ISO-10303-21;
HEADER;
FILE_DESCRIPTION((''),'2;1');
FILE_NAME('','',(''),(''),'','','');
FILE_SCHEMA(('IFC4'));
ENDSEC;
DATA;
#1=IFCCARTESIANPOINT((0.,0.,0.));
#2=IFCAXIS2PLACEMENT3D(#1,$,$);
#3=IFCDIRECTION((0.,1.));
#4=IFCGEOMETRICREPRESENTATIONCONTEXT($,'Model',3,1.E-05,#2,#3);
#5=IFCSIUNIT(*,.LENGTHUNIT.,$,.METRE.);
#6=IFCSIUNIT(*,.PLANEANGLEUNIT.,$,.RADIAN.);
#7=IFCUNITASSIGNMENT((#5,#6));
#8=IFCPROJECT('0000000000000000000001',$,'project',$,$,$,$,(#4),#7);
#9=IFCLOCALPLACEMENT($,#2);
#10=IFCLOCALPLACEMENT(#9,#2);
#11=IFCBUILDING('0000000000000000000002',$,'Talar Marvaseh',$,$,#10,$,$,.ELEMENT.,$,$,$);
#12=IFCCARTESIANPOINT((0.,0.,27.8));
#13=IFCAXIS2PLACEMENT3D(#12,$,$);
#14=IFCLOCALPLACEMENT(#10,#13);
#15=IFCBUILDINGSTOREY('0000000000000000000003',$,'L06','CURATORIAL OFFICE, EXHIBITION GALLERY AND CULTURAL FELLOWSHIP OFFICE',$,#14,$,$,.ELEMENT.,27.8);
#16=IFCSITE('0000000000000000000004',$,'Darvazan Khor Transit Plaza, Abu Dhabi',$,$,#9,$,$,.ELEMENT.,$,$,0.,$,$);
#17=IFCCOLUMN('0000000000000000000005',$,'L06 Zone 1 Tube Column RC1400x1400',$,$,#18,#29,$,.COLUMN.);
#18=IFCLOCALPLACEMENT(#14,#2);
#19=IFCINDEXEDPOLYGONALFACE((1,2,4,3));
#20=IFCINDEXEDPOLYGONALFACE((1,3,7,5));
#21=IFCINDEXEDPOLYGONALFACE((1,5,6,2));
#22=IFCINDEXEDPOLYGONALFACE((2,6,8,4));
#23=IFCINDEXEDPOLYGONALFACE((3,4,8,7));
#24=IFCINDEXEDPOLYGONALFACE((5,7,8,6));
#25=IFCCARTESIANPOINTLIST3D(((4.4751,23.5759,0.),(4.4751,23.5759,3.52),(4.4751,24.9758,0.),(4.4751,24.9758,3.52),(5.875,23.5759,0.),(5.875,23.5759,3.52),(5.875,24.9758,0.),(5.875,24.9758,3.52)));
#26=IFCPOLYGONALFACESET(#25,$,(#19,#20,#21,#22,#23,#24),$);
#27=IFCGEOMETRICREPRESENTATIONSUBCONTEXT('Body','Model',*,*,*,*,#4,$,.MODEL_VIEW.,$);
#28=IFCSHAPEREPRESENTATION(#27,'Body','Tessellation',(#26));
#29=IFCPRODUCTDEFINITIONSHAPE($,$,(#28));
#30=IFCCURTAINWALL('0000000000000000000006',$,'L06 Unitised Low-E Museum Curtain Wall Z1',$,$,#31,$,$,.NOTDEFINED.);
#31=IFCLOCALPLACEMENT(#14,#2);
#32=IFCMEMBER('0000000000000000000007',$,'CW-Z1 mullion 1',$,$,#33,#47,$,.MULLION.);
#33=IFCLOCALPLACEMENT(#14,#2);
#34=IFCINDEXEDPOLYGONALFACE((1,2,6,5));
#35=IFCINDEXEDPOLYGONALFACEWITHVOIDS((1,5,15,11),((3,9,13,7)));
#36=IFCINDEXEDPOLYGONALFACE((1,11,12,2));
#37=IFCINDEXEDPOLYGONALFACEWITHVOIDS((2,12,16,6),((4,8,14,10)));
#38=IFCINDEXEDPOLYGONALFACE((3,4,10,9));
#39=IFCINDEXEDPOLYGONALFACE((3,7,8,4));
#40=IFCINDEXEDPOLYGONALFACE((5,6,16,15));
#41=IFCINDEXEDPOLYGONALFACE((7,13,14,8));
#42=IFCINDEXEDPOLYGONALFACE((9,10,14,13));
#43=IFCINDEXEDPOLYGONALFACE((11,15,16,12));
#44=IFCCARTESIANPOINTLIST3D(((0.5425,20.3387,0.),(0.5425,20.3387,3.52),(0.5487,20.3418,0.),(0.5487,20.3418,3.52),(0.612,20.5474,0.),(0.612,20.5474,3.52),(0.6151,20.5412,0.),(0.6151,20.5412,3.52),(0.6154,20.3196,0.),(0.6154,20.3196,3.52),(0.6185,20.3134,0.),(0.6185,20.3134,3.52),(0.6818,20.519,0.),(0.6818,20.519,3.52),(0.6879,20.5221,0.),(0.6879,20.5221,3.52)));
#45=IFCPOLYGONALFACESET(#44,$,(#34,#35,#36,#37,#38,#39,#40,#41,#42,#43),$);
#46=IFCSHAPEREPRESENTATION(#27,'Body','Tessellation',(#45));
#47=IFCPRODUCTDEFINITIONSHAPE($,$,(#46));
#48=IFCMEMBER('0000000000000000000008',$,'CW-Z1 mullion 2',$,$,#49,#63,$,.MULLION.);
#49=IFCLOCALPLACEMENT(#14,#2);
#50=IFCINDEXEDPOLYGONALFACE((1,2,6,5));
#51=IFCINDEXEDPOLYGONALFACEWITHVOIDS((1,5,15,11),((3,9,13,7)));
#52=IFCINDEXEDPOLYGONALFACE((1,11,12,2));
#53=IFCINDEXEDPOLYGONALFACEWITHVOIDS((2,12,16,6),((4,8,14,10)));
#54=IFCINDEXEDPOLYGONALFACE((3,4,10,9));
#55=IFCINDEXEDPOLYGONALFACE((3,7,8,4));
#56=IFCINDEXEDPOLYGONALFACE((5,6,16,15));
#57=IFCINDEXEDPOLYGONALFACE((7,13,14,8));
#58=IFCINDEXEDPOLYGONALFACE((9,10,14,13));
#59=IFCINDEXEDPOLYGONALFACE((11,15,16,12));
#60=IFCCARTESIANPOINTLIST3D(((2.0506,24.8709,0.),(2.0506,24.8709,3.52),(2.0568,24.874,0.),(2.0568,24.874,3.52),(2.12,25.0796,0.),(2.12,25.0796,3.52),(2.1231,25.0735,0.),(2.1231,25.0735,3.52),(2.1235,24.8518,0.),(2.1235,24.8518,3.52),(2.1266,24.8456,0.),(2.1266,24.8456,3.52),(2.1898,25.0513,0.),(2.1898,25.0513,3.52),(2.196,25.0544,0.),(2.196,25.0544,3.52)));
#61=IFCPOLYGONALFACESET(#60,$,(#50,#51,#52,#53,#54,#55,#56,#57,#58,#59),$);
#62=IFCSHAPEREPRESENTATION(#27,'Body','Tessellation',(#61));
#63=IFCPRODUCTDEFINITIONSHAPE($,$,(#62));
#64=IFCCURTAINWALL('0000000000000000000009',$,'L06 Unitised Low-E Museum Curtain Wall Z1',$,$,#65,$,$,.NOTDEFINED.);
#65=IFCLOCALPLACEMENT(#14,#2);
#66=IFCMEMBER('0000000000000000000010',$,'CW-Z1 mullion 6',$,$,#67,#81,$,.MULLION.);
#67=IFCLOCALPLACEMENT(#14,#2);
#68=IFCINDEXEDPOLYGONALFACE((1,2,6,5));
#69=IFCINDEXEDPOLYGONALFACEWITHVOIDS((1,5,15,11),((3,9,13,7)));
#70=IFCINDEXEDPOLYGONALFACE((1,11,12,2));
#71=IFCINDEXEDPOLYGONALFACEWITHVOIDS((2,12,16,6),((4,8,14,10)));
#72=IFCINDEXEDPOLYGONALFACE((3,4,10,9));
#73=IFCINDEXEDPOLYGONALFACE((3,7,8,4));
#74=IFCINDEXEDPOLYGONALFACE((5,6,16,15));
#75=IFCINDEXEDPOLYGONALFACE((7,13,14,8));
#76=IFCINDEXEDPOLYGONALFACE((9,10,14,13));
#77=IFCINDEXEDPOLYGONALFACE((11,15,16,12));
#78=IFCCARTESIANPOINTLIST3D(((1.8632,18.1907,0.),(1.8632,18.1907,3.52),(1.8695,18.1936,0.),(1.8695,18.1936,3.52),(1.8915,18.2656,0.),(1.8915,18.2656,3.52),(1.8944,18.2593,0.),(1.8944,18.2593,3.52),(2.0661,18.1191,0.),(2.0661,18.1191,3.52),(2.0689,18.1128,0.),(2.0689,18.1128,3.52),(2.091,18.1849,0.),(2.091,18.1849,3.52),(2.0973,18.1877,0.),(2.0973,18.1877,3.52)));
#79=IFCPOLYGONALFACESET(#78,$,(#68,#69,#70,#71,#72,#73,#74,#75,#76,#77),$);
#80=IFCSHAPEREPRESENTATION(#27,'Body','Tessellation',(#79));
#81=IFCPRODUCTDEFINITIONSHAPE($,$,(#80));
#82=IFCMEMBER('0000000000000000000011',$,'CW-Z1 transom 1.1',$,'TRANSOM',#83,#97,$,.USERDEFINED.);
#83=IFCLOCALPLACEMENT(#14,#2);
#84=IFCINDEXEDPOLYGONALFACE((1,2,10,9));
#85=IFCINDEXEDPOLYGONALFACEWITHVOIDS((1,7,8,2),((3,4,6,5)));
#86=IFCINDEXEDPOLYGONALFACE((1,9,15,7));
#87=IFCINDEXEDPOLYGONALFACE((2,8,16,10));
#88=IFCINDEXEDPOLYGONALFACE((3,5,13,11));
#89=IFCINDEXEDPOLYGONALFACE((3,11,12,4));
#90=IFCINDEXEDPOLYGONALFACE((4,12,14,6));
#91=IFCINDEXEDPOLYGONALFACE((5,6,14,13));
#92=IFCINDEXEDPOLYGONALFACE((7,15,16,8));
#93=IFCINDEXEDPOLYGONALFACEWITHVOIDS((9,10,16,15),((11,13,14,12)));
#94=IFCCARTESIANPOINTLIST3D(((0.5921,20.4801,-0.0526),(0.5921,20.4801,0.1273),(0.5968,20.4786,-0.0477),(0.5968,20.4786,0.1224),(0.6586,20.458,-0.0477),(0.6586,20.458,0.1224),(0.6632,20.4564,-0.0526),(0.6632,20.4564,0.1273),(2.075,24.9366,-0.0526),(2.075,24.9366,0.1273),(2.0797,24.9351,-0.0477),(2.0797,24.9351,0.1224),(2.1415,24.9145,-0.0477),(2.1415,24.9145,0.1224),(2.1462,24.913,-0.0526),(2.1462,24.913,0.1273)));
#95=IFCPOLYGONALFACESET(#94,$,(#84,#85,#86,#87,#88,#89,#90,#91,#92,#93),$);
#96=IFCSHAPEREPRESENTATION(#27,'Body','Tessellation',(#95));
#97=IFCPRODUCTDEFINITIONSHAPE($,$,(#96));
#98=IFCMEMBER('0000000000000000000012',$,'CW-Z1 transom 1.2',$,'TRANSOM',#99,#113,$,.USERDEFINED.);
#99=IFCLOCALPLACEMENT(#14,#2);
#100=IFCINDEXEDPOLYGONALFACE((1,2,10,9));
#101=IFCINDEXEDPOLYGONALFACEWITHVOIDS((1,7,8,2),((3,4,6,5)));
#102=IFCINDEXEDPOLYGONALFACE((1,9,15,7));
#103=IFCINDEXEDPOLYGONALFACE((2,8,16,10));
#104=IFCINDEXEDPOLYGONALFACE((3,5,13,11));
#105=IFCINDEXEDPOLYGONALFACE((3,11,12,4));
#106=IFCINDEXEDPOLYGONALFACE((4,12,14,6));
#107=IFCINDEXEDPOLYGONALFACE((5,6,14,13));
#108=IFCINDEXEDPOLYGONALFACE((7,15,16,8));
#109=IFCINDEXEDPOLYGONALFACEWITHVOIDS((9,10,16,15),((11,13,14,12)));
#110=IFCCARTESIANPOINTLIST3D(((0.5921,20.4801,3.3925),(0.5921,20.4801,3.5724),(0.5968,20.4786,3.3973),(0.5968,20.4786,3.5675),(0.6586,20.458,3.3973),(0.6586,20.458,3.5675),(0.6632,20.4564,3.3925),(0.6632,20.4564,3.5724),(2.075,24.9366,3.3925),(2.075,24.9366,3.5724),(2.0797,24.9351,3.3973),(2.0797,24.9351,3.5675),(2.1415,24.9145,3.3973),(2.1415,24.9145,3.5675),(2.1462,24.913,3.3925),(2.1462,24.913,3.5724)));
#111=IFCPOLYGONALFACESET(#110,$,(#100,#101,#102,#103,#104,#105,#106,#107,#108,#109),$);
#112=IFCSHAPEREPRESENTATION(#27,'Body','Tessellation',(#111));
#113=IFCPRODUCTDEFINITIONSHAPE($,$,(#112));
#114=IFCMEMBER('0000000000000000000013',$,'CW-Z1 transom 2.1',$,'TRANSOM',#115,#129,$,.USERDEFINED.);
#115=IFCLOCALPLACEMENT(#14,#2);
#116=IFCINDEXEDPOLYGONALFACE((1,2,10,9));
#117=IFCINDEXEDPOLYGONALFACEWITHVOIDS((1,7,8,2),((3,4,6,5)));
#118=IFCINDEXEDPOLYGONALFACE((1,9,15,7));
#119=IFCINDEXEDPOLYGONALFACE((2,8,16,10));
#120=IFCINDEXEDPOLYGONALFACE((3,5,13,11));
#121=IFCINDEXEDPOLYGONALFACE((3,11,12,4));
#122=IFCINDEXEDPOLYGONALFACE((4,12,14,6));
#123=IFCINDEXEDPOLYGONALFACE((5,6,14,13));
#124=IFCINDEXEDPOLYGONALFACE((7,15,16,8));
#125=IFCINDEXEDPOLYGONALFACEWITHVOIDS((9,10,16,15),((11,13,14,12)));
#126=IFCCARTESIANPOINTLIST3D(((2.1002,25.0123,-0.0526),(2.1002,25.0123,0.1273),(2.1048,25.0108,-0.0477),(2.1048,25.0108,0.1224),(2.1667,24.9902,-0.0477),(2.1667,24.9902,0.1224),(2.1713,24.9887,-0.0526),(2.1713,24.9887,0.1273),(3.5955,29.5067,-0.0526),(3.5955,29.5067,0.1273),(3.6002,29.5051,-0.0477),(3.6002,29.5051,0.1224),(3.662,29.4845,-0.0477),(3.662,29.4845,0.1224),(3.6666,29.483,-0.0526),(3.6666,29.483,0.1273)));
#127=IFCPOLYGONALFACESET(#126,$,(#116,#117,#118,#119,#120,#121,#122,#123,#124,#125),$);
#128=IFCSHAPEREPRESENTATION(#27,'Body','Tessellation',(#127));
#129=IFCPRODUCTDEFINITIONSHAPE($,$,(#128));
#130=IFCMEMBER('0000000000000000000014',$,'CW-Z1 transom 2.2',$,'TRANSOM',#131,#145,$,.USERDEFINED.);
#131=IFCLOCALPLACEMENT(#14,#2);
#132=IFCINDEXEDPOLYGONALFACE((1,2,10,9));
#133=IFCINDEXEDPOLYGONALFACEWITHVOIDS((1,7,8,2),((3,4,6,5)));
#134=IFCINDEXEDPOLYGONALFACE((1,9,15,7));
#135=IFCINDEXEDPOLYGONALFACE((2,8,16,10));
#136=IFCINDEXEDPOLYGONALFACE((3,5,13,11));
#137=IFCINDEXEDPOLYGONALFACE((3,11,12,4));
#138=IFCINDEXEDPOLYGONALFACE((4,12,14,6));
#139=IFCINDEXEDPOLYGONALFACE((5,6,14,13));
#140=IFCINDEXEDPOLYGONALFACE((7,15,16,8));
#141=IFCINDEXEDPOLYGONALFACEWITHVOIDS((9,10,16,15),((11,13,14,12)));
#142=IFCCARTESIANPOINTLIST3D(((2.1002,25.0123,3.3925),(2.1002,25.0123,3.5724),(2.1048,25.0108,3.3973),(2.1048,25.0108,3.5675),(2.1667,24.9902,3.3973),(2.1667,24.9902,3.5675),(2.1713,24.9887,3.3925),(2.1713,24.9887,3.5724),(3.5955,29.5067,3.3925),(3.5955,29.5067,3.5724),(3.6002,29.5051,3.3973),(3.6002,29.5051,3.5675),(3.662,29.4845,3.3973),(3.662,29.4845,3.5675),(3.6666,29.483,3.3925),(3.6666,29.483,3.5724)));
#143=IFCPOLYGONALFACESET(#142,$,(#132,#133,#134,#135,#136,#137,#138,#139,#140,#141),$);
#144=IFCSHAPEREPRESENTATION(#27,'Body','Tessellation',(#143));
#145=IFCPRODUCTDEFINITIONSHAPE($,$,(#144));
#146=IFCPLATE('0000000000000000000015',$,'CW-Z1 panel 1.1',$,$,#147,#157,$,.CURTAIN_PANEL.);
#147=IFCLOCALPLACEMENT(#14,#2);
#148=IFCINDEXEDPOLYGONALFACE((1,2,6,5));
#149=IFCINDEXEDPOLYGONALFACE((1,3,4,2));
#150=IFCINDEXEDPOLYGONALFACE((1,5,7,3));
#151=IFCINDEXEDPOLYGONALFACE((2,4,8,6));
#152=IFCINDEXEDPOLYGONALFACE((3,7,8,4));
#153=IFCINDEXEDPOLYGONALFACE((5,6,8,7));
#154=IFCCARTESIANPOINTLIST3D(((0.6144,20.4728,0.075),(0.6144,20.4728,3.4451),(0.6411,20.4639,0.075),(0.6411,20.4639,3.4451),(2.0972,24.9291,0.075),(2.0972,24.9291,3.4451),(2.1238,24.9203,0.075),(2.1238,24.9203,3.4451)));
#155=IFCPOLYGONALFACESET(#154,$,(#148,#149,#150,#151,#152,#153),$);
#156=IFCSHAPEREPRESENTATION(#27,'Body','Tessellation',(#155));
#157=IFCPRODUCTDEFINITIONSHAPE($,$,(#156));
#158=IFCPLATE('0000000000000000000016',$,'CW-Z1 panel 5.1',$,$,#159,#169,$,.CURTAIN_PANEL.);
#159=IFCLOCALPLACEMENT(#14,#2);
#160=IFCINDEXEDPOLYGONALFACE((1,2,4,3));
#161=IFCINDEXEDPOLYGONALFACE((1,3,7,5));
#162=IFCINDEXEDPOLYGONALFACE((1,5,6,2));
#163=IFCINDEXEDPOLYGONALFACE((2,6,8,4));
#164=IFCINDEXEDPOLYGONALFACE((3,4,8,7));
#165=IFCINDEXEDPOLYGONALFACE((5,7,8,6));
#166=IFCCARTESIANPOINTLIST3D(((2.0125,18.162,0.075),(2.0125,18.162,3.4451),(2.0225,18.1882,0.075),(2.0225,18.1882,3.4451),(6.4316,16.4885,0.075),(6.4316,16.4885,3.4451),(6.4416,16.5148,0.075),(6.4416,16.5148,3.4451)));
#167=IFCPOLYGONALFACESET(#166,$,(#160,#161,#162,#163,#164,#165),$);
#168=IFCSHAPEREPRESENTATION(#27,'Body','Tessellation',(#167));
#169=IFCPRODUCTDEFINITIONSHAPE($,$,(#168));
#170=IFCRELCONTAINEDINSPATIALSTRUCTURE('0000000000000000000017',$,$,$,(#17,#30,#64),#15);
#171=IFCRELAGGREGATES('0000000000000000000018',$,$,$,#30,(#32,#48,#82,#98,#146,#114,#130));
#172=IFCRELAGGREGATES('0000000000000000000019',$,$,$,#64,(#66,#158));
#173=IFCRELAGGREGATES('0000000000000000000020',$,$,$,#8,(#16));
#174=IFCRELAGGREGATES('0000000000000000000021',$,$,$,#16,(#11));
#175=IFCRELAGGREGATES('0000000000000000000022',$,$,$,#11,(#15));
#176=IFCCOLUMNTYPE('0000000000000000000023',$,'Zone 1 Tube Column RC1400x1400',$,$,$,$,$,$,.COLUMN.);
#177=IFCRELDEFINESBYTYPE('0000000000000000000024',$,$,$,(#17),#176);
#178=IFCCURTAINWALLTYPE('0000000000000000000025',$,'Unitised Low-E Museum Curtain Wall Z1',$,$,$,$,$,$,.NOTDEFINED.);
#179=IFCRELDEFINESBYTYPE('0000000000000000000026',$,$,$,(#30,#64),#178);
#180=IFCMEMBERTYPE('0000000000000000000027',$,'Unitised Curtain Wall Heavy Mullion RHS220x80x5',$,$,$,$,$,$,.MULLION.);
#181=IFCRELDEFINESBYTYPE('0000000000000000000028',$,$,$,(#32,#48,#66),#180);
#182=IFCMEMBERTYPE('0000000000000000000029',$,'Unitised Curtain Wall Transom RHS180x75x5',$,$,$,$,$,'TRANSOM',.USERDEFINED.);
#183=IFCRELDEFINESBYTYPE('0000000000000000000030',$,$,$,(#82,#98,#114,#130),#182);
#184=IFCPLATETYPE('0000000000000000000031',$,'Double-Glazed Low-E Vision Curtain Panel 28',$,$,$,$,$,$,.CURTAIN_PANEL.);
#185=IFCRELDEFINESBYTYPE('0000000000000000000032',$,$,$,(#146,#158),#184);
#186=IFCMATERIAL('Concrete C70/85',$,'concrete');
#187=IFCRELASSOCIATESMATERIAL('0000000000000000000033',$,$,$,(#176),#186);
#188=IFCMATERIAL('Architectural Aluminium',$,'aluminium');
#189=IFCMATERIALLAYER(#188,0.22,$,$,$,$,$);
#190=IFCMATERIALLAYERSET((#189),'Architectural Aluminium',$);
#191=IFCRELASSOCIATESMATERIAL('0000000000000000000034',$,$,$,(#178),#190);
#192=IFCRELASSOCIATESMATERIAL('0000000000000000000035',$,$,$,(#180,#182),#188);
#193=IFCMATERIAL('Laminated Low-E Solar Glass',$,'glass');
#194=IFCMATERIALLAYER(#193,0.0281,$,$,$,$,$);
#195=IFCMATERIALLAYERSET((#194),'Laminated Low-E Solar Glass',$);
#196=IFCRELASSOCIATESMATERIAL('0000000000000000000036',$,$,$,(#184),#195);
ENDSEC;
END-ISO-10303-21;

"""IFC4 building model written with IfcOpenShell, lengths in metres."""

from ifc_helpers import new_model, si_unit, direction, frame, origin, origin_2d, place, context, subcontext, project, spatial, rectangle, hollow_rectangle, extrude, source, transform, mapped, material, layer, layer_set, material_profile, profile_set, type_object, type_shapes, element, aggregate, save


model = new_model("IFC4")

# Units and contexts
model_context = context("Model", 3, precision=1e-05, world=origin(), true_north=direction((0.0, 1.0)))
body_context = subcontext(model_context, "Body", "Model", "MODEL_VIEW")
ifc_project = project(units=[si_unit("LENGTHUNIT", "METRE"), si_unit("PLANEANGLEUNIT", "RADIAN")], contexts=[model_context])

# Site, building, storey
site_placement = place(None, origin())
site = spatial("IfcSite", under=ifc_project, at=site_placement, Name="Darvazan Khor Transit Plaza, Abu Dhabi", CompositionType="ELEMENT", RefElevation=0.0)
building_placement = place(site_placement, origin())
building = spatial("IfcBuilding", under=site, at=building_placement, Name="Talar Marvaseh", CompositionType="ELEMENT")
storey_placement = place(building_placement, frame((0.0, 0.0, 27.8)))
storey = spatial("IfcBuildingStorey", under=building, at=storey_placement, Name="L06", Description="CURATORIAL OFFICE, EXHIBITION GALLERY AND CULTURAL FELLOWSHIP OFFICE", CompositionType="ELEMENT", Elevation=27.8)

# Column
ifc_material_1 = material(Name="Concrete C70/85", Category="concrete")
ifc_material_profile_1 = material_profile(ifc_material_1, rectangle(XDim=1.3999, YDim=1.3999, at=origin_2d()), Name="RC1400x1400")
ifc_profile_set_1 = profile_set([ifc_material_profile_1], Name="Concrete C70/85")
column_type = type_object("IfcColumnType", Name="Zone 1 Tube Column RC1400x1400", PredefinedType="COLUMN", material=ifc_profile_set_1)
column_placement = place(storey_placement, frame((5.175, 24.2759, 0.0), z_axis=(0.0, 0.0, 1.0), x_axis=(1.0, 0.0, 0.0)))
element("IfcColumn", 1, at=column_placement, inside=storey, type_object=column_type, Name="L06 Zone 1 Tube Column RC1400x1400", PredefinedType="COLUMN", context=body_context, shape_type="SweptSolid", body=[
    extrude(rectangle(XDim=1.3999, YDim=1.3999, at=origin_2d()), origin(), (0.0, 0.0, 1.0), 3.52),
])

# Curtain wall, members
ifc_material_2 = material(Name="Architectural Aluminium", Category="aluminium")
ifc_layer_1 = layer(ifc_material_2, 0.22)
ifc_layer_set_1 = layer_set([ifc_layer_1], Name="Architectural Aluminium")
curtain_wall_type = type_object("IfcCurtainWallType", Name="Unitised Low-E Museum Curtain Wall Z1", PredefinedType="NOTDEFINED", material=ifc_layer_set_1)
curtain_wall_1_placement = place(storey_placement, origin())
curtain_wall_1 = element("IfcCurtainWall", 2, at=curtain_wall_1_placement, inside=storey, type_object=curtain_wall_type, Name="L06 Unitised Low-E Museum Curtain Wall Z1", PredefinedType="NOTDEFINED")
ifc_material_profile_2 = material_profile(ifc_material_2, hollow_rectangle(XDim=0.0801, YDim=0.22, WallThickness=0.0049, at=origin_2d()), Name="RHS220x80x5")
ifc_profile_set_2 = profile_set([ifc_material_profile_2], Name="Architectural Aluminium")
member_type_1 = type_object("IfcMemberType", Name="Unitised Curtain Wall Heavy Mullion RHS220x80x5", PredefinedType="MULLION", material=ifc_profile_set_2)
shared_shape_1 = source(origin(), body_context, "Body", "SweptSolid", [
    extrude(hollow_rectangle(XDim=0.0801, YDim=0.22, WallThickness=0.0049, at=origin_2d()), origin(), (0.0, 0.0, 1.0), 3.52),
])
type_shapes(member_type_1, [shared_shape_1])
member_1_placement = place(storey_placement, frame((0.6152, 20.4304, 0.0), z_axis=(0.0, 0.0, 1.0), x_axis=(-0.948854, 0.315715, 0.0)))
member_1 = element("IfcMember", 3, at=member_1_placement, type_object=member_type_1, Name="CW-Z1 mullion 1", PredefinedType="MULLION", context=body_context, shape_type="MappedRepresentation", body=[
    mapped(shared_shape_1, transform((0.0, 0.0, 0.0), x_axis=(1.0, 0.0, 0.0), y_axis=(0.0, 1.0, 0.0), z_axis=(0.0, 0.0, 1.0), scale=1.0)),
])
member_2_placement = place(storey_placement, frame((2.1233, 24.9626, 0.0), z_axis=(0.0, 0.0, 1.0), x_axis=(-0.948854, 0.315715, 0.0)))
member_2 = element("IfcMember", 4, at=member_2_placement, type_object=member_type_1, Name="CW-Z1 mullion 2", PredefinedType="MULLION", context=body_context, shape_type="MappedRepresentation", body=[
    mapped(shared_shape_1, transform((0.0, 0.0, 0.0), x_axis=(1.0, 0.0, 0.0), y_axis=(0.0, 1.0, 0.0), z_axis=(0.0, 0.0, 1.0), scale=1.0)),
])

# Curtain wall, member
curtain_wall_2_placement = place(storey_placement, origin())
curtain_wall_2 = element("IfcCurtainWall", 5, at=curtain_wall_2_placement, inside=storey, type_object=curtain_wall_type, Name="L06 Unitised Low-E Museum Curtain Wall Z1", PredefinedType="NOTDEFINED")
member_3_placement = place(storey_placement, frame((1.9802, 18.1892, 0.0), z_axis=(0.0, 0.0, 1.0), x_axis=(-0.354147, -0.93519, 0.0)))
member_3 = element("IfcMember", 6, at=member_3_placement, type_object=member_type_1, Name="CW-Z1 mullion 6", PredefinedType="MULLION", context=body_context, shape_type="MappedRepresentation", body=[
    mapped(shared_shape_1, transform((0.0, 0.0, 0.0), x_axis=(1.0, 0.0, 0.0), y_axis=(0.0, 1.0, 0.0), z_axis=(0.0, 0.0, 1.0), scale=1.0)),
])

# Members
ifc_material_profile_3 = material_profile(ifc_material_2, hollow_rectangle(XDim=0.075, YDim=0.1799, WallThickness=0.0049, at=origin_2d()), Name="RHS180x75x5")
ifc_profile_set_3 = profile_set([ifc_material_profile_3], Name="Architectural Aluminium")
member_type_2 = type_object("IfcMemberType", Name="Unitised Curtain Wall Transom RHS180x75x5", ElementType="TRANSOM", PredefinedType="USERDEFINED", material=ifc_profile_set_3)
shared_shape_2 = source(origin(), body_context, "Body", "SweptSolid", [
    extrude(hollow_rectangle(XDim=0.075, YDim=0.1799, WallThickness=0.0049, at=origin_2d()), origin(), (0.0, 0.0, 1.0), 4.6968),
])
member_4_placement = place(storey_placement, frame((0.6277, 20.4683, 0.0374), z_axis=(0.315729, 0.94885, 0.0), x_axis=(-0.94885, 0.315729, 0.0)))
member_4 = element("IfcMember", 7, at=member_4_placement, type_object=member_type_2, Name="CW-Z1 transom 1.1", ObjectType="TRANSOM", PredefinedType="USERDEFINED", context=body_context, shape_type="MappedRepresentation", body=[
    mapped(shared_shape_2, transform((0.0, 0.0, 0.0), x_axis=(1.0, 0.0, 0.0), y_axis=(0.0, 1.0, 0.0), z_axis=(0.0, 0.0, 1.0), scale=1.0)),
])
member_5_placement = place(storey_placement, frame((0.6277, 20.4683, 3.4824), z_axis=(0.315729, 0.94885, 0.0), x_axis=(-0.94885, 0.315729, 0.0)))
member_5 = element("IfcMember", 8, at=member_5_placement, type_object=member_type_2, Name="CW-Z1 transom 1.2", ObjectType="TRANSOM", PredefinedType="USERDEFINED", context=body_context, shape_type="MappedRepresentation", body=[
    mapped(shared_shape_2, transform((0.0, 0.0, 0.0), x_axis=(1.0, 0.0, 0.0), y_axis=(0.0, 1.0, 0.0), z_axis=(0.0, 0.0, 1.0), scale=1.0)),
])
shared_shape_3 = source(origin(), body_context, "Body", "SweptSolid", [
    extrude(hollow_rectangle(XDim=0.075, YDim=0.1799, WallThickness=0.0049, at=origin_2d()), origin(), (0.0, 0.0, 1.0), 4.7366),
])
type_shapes(member_type_2, [shared_shape_2, shared_shape_3])
member_6_placement = place(storey_placement, frame((2.1357, 25.0005, 0.0374), z_axis=(0.315702, 0.948858, 0.0), x_axis=(-0.948858, 0.315702, 0.0)))
member_6 = element("IfcMember", 9, at=member_6_placement, type_object=member_type_2, Name="CW-Z1 transom 2.1", ObjectType="TRANSOM", PredefinedType="USERDEFINED", context=body_context, shape_type="MappedRepresentation", body=[
    mapped(shared_shape_3, transform((0.0, 0.0, 0.0), x_axis=(1.0, 0.0, 0.0), y_axis=(0.0, 1.0, 0.0), z_axis=(0.0, 0.0, 1.0), scale=1.0)),
])
member_7_placement = place(storey_placement, frame((2.1357, 25.0005, 3.4824), z_axis=(0.315702, 0.948858, 0.0), x_axis=(-0.948858, 0.315702, 0.0)))
member_7 = element("IfcMember", 10, at=member_7_placement, type_object=member_type_2, Name="CW-Z1 transom 2.2", ObjectType="TRANSOM", PredefinedType="USERDEFINED", context=body_context, shape_type="MappedRepresentation", body=[
    mapped(shared_shape_3, transform((0.0, 0.0, 0.0), x_axis=(1.0, 0.0, 0.0), y_axis=(0.0, 1.0, 0.0), z_axis=(0.0, 0.0, 1.0), scale=1.0)),
])

# Plates
ifc_material_3 = material(Name="Laminated Low-E Solar Glass", Category="glass")
ifc_layer_2 = layer(ifc_material_3, 0.0281)
ifc_layer_set_2 = layer_set([ifc_layer_2], Name="Laminated Low-E Solar Glass")
plate_type = type_object("IfcPlateType", Name="Double-Glazed Low-E Vision Curtain Panel 28", PredefinedType="CURTAIN_PANEL", material=ifc_layer_set_2)
shared_shape_4 = source(origin(), body_context, "Body", "SweptSolid", [
    extrude(rectangle(XDim=4.6965, YDim=0.0281, at=origin_2d()), origin(), (0.0, 0.0, 1.0), 3.3701),
])
plate_1_placement = place(storey_placement, frame((1.3691, 22.6965, 0.075), z_axis=(0.0, 0.0, 1.0), x_axis=(0.315715, 0.948854, 0.0)))
plate_1 = element("IfcPlate", 11, at=plate_1_placement, type_object=plate_type, Name="CW-Z1 panel 1.1", PredefinedType="CURTAIN_PANEL", context=body_context, shape_type="MappedRepresentation", body=[
    mapped(shared_shape_4, transform((0.0, 0.0, 0.0), x_axis=(1.0, 0.0, 0.0), y_axis=(0.0, 1.0, 0.0), z_axis=(0.0, 0.0, 1.0), scale=1.0)),
])
aggregate(curtain_wall_1, [member_1, member_2, member_4, member_5, plate_1, member_6, member_7])
shared_shape_5 = source(origin(), body_context, "Body", "SweptSolid", [
    extrude(rectangle(XDim=4.7253, YDim=0.0281, at=origin_2d()), origin(), (0.0, 0.0, 1.0), 3.3701),
])
type_shapes(plate_type, [shared_shape_4, shared_shape_5])
plate_2_placement = place(storey_placement, frame((4.2271, 17.3384, 0.075), z_axis=(0.0, 0.0, 1.0), x_axis=(-0.93519, 0.354147, 0.0)))
plate_2 = element("IfcPlate", 12, at=plate_2_placement, type_object=plate_type, Name="CW-Z1 panel 5.1", PredefinedType="CURTAIN_PANEL", context=body_context, shape_type="MappedRepresentation", body=[
    mapped(shared_shape_5, transform((0.0, 0.0, 0.0), x_axis=(1.0, 0.0, 0.0), y_axis=(0.0, 1.0, 0.0), z_axis=(0.0, 0.0, 1.0), scale=1.0)),
])
aggregate(curtain_wall_2, [member_3, plate_2])

save(model, "model.ifc")
